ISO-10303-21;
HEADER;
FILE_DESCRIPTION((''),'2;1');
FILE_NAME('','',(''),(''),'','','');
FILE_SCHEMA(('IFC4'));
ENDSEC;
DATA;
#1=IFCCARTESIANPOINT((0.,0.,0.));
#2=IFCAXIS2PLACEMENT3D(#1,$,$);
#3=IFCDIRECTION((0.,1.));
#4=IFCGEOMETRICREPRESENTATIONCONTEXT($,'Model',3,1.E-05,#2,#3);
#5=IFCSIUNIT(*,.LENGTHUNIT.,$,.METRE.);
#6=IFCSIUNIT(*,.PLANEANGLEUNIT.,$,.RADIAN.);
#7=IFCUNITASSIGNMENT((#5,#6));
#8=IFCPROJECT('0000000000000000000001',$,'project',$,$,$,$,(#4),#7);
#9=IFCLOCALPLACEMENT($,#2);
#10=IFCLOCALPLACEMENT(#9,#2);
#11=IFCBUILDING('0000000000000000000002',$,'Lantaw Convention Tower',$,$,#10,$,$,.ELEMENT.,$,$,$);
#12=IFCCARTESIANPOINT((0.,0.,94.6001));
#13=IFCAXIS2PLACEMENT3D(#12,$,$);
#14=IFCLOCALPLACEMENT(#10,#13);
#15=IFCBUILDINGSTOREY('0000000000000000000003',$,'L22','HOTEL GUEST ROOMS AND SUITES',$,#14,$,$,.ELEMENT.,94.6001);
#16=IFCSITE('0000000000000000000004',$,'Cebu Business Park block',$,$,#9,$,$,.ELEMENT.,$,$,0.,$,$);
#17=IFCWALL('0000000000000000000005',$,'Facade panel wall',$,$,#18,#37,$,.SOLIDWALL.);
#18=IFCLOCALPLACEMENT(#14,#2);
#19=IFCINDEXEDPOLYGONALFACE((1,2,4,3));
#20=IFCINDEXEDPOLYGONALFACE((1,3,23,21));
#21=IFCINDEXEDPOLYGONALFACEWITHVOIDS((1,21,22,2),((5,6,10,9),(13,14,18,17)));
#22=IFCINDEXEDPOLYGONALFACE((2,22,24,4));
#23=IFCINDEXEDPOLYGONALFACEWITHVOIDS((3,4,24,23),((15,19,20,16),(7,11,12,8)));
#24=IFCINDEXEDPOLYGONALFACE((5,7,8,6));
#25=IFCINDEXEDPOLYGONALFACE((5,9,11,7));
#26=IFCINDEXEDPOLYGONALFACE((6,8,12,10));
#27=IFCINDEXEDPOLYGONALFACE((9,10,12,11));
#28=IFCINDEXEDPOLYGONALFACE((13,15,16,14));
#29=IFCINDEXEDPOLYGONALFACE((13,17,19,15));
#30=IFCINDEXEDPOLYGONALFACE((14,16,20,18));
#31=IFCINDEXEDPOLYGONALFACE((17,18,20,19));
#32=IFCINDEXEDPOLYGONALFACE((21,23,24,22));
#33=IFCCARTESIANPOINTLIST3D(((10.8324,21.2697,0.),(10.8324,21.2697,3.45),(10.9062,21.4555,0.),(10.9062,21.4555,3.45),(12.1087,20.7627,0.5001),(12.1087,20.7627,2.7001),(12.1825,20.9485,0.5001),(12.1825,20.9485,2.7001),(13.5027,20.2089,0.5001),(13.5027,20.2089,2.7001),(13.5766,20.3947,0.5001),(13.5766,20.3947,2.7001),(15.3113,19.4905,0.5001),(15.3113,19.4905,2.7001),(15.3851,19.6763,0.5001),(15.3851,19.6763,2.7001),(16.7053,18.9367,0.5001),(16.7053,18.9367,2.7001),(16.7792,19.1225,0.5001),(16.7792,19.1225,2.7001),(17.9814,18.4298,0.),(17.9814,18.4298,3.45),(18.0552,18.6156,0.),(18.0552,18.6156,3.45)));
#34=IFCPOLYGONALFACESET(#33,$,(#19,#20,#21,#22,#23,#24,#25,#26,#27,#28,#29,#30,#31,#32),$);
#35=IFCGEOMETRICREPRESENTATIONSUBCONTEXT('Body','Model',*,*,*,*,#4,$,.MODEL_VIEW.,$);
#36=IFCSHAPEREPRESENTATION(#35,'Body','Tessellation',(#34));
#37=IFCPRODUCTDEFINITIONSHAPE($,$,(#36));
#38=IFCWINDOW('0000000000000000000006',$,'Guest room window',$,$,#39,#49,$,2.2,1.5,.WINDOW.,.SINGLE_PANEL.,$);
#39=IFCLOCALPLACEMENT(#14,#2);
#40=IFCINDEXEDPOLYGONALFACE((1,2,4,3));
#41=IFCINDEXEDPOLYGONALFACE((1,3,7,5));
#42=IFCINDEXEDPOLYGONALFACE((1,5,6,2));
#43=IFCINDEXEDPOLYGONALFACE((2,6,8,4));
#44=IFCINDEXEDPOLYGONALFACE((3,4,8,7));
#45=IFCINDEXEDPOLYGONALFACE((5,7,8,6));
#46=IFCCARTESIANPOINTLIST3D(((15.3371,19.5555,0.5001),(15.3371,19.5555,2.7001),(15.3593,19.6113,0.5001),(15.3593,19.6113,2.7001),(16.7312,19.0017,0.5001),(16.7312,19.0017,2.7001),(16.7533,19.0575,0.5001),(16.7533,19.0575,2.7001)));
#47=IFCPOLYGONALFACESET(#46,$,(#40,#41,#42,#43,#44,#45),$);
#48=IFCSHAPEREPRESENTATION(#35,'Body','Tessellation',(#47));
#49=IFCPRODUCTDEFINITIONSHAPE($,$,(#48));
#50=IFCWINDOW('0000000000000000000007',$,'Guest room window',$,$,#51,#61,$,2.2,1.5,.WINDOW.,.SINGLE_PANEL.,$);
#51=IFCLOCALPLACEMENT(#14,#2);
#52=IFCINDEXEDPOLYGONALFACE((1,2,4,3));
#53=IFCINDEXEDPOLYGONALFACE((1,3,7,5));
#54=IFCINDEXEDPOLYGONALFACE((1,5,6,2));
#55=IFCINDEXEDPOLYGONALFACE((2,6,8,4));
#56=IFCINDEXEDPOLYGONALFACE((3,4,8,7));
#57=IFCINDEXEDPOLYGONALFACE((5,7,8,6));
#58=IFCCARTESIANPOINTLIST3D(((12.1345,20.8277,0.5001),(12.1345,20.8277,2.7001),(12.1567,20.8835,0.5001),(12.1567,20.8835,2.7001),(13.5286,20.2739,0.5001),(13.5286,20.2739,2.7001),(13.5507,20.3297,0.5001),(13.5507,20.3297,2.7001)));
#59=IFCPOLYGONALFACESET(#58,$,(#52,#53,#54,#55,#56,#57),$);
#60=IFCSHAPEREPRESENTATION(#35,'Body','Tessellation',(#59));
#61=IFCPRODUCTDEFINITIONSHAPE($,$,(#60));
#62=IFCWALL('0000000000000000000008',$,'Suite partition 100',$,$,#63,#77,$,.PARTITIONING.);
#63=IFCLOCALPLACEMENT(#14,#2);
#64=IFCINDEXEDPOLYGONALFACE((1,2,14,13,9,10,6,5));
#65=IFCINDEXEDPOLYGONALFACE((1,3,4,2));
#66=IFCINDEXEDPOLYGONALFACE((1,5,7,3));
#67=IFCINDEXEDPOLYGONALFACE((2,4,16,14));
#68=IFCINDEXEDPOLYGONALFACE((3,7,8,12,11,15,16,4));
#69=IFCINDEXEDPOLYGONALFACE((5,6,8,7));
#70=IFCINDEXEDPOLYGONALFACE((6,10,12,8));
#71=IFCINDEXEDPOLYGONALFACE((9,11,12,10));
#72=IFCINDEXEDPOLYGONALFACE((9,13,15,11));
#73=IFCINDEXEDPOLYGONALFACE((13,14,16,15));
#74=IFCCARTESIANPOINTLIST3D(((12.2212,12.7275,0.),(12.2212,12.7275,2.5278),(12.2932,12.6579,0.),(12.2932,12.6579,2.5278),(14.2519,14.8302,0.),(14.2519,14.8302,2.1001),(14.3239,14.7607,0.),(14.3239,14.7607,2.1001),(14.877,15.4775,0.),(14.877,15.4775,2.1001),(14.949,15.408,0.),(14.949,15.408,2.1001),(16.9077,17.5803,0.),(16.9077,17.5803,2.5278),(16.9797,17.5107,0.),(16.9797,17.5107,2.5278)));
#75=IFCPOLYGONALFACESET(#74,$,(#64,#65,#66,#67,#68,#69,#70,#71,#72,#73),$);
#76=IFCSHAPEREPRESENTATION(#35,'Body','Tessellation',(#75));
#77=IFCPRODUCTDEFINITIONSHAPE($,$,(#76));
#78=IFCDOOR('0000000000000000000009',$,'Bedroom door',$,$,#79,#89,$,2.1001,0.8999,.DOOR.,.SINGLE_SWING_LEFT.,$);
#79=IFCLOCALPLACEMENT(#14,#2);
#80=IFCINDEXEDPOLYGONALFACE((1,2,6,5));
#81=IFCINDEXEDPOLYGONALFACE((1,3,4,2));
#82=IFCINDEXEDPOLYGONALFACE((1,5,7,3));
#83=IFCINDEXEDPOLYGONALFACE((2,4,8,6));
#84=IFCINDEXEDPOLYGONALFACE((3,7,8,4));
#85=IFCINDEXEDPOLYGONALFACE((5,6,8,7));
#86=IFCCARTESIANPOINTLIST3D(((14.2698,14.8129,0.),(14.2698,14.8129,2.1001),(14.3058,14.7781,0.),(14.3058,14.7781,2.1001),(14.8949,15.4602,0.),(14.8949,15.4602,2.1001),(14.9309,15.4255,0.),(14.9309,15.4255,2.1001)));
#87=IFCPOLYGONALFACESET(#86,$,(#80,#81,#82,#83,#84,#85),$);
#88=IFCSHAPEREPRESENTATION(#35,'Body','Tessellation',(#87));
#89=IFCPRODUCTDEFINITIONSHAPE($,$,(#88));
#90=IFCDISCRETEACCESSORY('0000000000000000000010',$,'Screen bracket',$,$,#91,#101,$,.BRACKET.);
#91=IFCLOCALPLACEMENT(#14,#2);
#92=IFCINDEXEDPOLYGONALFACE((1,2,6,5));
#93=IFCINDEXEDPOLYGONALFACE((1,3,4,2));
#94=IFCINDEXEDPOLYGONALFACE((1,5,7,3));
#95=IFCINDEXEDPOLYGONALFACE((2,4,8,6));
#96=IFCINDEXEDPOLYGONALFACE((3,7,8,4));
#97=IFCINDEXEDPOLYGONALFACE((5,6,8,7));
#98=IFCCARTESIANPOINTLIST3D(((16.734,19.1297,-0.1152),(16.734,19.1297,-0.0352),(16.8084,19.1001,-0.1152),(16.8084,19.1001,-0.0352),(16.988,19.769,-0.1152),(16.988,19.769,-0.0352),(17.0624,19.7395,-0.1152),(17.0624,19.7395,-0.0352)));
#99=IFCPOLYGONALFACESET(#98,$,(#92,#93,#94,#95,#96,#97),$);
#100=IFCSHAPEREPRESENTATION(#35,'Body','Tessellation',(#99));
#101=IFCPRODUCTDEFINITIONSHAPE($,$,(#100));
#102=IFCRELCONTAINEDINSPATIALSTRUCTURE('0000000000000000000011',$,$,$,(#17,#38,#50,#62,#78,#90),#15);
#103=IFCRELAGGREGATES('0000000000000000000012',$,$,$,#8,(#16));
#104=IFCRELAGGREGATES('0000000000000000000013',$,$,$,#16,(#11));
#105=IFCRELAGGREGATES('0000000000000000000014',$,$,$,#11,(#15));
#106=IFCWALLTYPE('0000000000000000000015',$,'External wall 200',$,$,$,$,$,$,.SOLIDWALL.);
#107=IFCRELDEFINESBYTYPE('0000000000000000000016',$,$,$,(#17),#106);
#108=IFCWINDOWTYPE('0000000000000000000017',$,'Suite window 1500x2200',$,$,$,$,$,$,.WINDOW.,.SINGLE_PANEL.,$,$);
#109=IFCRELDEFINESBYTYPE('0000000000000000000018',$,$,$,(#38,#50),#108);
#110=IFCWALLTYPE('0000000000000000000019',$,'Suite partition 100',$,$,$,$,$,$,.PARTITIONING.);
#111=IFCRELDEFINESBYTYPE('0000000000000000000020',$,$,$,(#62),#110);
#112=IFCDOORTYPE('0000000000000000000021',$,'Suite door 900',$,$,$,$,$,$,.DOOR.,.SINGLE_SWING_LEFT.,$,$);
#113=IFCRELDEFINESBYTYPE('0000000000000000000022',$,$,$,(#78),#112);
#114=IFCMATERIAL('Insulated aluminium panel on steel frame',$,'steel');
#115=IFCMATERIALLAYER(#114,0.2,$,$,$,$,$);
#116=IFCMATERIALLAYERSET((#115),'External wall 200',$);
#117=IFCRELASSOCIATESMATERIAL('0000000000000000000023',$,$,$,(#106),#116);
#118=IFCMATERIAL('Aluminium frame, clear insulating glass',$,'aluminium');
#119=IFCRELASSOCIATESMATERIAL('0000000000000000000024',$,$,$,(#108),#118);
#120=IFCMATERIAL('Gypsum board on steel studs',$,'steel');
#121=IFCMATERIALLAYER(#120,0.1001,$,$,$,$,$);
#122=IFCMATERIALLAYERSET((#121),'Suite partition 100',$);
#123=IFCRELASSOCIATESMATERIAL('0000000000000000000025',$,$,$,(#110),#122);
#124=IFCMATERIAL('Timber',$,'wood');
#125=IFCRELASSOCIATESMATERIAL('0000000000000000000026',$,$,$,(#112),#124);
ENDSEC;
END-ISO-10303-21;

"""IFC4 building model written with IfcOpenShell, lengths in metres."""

from ifc_helpers import new_model, si_unit, direction, frame, frame_2d, origin, origin_2d, place, context, subcontext, project, spatial, rectangle, extrude, material, layer, layer_set, type_object, element, fill, save


model = new_model("IFC4")

# Units and contexts
model_context = context("Model", 3, precision=1e-05, world=origin(), true_north=direction((0.0, 1.0)))
body_context = subcontext(model_context, "Body", "Model", "MODEL_VIEW")
ifc_project = project(units=[si_unit("LENGTHUNIT", "METRE"), si_unit("PLANEANGLEUNIT", "RADIAN")], contexts=[model_context])

# Site, building, storey
site_placement = place(None, origin())
site = spatial("IfcSite", under=ifc_project, at=site_placement, Name="Cebu Business Park block", CompositionType="ELEMENT", RefElevation=0.0)
building_placement = place(site_placement, origin())
building = spatial("IfcBuilding", under=site, at=building_placement, Name="Lantaw Convention Tower", CompositionType="ELEMENT")
storey_placement = place(building_placement, frame((0.0, 0.0, 94.6001)))
storey = spatial("IfcBuildingStorey", under=building, at=storey_placement, Name="L22", Description="HOTEL GUEST ROOMS AND SUITES", CompositionType="ELEMENT", Elevation=94.6001)

# Shared definitions
ifc_material_1 = material(Name="Timber", Category="wood")

# Wall, openings, windows
ifc_material_2 = material(Name="Insulated aluminium panel on steel frame", Category="steel")
ifc_layer_1 = layer(ifc_material_2, 0.2)
ifc_layer_set_1 = layer_set([ifc_layer_1], Name="External wall 200")
wall_type_1 = type_object("IfcWallType", Name="External wall 200", PredefinedType="SOLIDWALL", material=ifc_layer_set_1)
wall_1_placement = place(storey_placement, frame((18.0183, 18.5227, 0.0), z_axis=(0.0, 0.0, 1.0), x_axis=(-0.929358, 0.369179, 0.0)))
wall_1 = element("IfcWall", 1, at=wall_1_placement, inside=storey, type_object=wall_type_1, Name="Facade panel wall", PredefinedType="SOLIDWALL", context=body_context, shape_type="SweptSolid", body=[
    extrude(rectangle(XDim=7.6924, YDim=0.2, at=frame_2d((3.8462, 0.0))), origin(), (0.0, 0.0, 1.0), 3.45),
])
opening_1_placement = place(wall_1_placement, frame((1.373, 0.0, 0.5)))
opening_1 = element("IfcOpeningElement", 2, at=opening_1_placement, cuts=wall_1, PredefinedType="OPENING", context=body_context, shape_type="SweptSolid", body=[
    extrude(rectangle(XDim=1.5, YDim=2.2, at=frame_2d((0.75, 1.1001))), frame((0.0, 0.1099, 0.0), z_axis=(0.0, -1.0, 0.0), x_axis=(1.0, 0.0, 0.0)), (0.0, 0.0, 1.0), 0.22),
])
opening_2_placement = place(wall_1_placement, frame((4.8191, 0.0, 0.5)))
opening_2 = element("IfcOpeningElement", 3, at=opening_2_placement, cuts=wall_1, PredefinedType="OPENING", context=body_context, shape_type="SweptSolid", body=[
    extrude(rectangle(XDim=1.5, YDim=2.2, at=frame_2d((0.75, 1.1001))), frame((0.0, 0.1099, 0.0), z_axis=(0.0, -1.0, 0.0), x_axis=(1.0, 0.0, 0.0)), (0.0, 0.0, 1.0), 0.22),
])
ifc_material_3 = material(Name="Aluminium frame, clear insulating glass", Category="aluminium")
window_type = type_object("IfcWindowType", Name="Suite window 1500x2200", PartitioningType="SINGLE_PANEL", PredefinedType="WINDOW", material=ifc_material_3)
window_1_placement = place(opening_1_placement, origin())
window_1 = element("IfcWindow", 4, at=window_1_placement, inside=storey, type_object=window_type, Name="Guest room window", OverallHeight=2.2, OverallWidth=1.5, PartitioningType="SINGLE_PANEL", PredefinedType="WINDOW", context=body_context, shape_type="SweptSolid", body=[
    extrude(rectangle(XDim=1.5, YDim=2.2, at=frame_2d((0.75, 1.1001))), frame((0.0, 0.03, 0.0), z_axis=(0.0, -1.0, 0.0), x_axis=(1.0, 0.0, 0.0)), (0.0, 0.0, 1.0), 0.0601),
])
fill(opening_1, window_1)
window_2_placement = place(opening_2_placement, origin())
window_2 = element("IfcWindow", 5, at=window_2_placement, inside=storey, type_object=window_type, Name="Guest room window", OverallHeight=2.2, OverallWidth=1.5, PartitioningType="SINGLE_PANEL", PredefinedType="WINDOW", context=body_context, shape_type="SweptSolid", body=[
    extrude(rectangle(XDim=1.5, YDim=2.2, at=frame_2d((0.75, 1.1001))), frame((0.0, 0.03, 0.0), z_axis=(0.0, -1.0, 0.0), x_axis=(1.0, 0.0, 0.0)), (0.0, 0.0, 1.0), 0.0601),
])
fill(opening_2, window_2)

# Wall, opening, door
ifc_material_4 = material(Name="Gypsum board on steel studs", Category="steel")
ifc_layer_2 = layer(ifc_material_4, 0.1001)
ifc_layer_set_2 = layer_set([ifc_layer_2], Name="Suite partition 100")
wall_type_2 = type_object("IfcWallType", Name="Suite partition 100", PredefinedType="PARTITIONING", material=ifc_layer_set_2)
wall_2_placement = place(storey_placement, frame((16.9436, 17.5454, 0.0), z_axis=(0.0, 0.0, 1.0), x_axis=(-0.694677, -0.719322, 0.0)))
wall_2 = element("IfcWall", 6, at=wall_2_placement, inside=storey, type_object=wall_type_2, Name="Suite partition 100", PredefinedType="PARTITIONING", context=body_context, shape_type="SweptSolid", body=[
    extrude(rectangle(XDim=6.7463, YDim=0.1001, at=frame_2d((3.373, 0.0))), origin(), (0.0, 0.0, 1.0), 2.5278),
])
opening_3_placement = place(wall_2_placement, frame((2.9231, 0.0, 0.0)))
opening_3 = element("IfcOpeningElement", 7, at=opening_3_placement, cuts=wall_2, PredefinedType="OPENING", context=body_context, shape_type="SweptSolid", body=[
    extrude(rectangle(XDim=0.8999, YDim=2.1001, at=frame_2d((0.45, 1.05))), frame((0.0, 0.0601, 0.0), z_axis=(0.0, -1.0, 0.0), x_axis=(1.0, 0.0, 0.0)), (0.0, 0.0, 1.0), 0.1201),
])
door_type_1 = type_object("IfcDoorType", Name="Suite door 900", OperationType="SINGLE_SWING_LEFT", PredefinedType="DOOR", material=ifc_material_1)
door_1_placement = place(opening_3_placement, origin())
door_1 = element("IfcDoor", 8, at=door_1_placement, inside=storey, type_object=door_type_1, Name="Bedroom door", OperationType="SINGLE_SWING_LEFT", OverallHeight=2.1001, OverallWidth=0.8999, PredefinedType="DOOR", context=body_context, shape_type="SweptSolid", body=[
    extrude(rectangle(XDim=0.8999, YDim=2.1001, at=frame_2d((0.45, 1.05))), frame((0.0, 0.0249, 0.0), z_axis=(0.0, -1.0, 0.0), x_axis=(1.0, 0.0, 0.0)), (0.0, 0.0, 1.0), 0.05),
])
fill(opening_3, door_1)

# Discrete accessory
discrete_accessory_placement = place(storey_placement, frame((16.8982, 19.4346, -0.1152), z_axis=(0.0, 0.0, 1.0), x_axis=(-0.929361, 0.369172, 0.0)))
element("IfcDiscreteAccessory", 9, at=discrete_accessory_placement, inside=storey, Name="Screen bracket", PredefinedType="BRACKET", context=body_context, shape_type="SweptSolid", body=[
    extrude(rectangle(XDim=0.0801, YDim=0.688, at=origin_2d()), origin(), (0.0, 0.0, 1.0), 0.0801),
])

save(model, "model.ifc")
